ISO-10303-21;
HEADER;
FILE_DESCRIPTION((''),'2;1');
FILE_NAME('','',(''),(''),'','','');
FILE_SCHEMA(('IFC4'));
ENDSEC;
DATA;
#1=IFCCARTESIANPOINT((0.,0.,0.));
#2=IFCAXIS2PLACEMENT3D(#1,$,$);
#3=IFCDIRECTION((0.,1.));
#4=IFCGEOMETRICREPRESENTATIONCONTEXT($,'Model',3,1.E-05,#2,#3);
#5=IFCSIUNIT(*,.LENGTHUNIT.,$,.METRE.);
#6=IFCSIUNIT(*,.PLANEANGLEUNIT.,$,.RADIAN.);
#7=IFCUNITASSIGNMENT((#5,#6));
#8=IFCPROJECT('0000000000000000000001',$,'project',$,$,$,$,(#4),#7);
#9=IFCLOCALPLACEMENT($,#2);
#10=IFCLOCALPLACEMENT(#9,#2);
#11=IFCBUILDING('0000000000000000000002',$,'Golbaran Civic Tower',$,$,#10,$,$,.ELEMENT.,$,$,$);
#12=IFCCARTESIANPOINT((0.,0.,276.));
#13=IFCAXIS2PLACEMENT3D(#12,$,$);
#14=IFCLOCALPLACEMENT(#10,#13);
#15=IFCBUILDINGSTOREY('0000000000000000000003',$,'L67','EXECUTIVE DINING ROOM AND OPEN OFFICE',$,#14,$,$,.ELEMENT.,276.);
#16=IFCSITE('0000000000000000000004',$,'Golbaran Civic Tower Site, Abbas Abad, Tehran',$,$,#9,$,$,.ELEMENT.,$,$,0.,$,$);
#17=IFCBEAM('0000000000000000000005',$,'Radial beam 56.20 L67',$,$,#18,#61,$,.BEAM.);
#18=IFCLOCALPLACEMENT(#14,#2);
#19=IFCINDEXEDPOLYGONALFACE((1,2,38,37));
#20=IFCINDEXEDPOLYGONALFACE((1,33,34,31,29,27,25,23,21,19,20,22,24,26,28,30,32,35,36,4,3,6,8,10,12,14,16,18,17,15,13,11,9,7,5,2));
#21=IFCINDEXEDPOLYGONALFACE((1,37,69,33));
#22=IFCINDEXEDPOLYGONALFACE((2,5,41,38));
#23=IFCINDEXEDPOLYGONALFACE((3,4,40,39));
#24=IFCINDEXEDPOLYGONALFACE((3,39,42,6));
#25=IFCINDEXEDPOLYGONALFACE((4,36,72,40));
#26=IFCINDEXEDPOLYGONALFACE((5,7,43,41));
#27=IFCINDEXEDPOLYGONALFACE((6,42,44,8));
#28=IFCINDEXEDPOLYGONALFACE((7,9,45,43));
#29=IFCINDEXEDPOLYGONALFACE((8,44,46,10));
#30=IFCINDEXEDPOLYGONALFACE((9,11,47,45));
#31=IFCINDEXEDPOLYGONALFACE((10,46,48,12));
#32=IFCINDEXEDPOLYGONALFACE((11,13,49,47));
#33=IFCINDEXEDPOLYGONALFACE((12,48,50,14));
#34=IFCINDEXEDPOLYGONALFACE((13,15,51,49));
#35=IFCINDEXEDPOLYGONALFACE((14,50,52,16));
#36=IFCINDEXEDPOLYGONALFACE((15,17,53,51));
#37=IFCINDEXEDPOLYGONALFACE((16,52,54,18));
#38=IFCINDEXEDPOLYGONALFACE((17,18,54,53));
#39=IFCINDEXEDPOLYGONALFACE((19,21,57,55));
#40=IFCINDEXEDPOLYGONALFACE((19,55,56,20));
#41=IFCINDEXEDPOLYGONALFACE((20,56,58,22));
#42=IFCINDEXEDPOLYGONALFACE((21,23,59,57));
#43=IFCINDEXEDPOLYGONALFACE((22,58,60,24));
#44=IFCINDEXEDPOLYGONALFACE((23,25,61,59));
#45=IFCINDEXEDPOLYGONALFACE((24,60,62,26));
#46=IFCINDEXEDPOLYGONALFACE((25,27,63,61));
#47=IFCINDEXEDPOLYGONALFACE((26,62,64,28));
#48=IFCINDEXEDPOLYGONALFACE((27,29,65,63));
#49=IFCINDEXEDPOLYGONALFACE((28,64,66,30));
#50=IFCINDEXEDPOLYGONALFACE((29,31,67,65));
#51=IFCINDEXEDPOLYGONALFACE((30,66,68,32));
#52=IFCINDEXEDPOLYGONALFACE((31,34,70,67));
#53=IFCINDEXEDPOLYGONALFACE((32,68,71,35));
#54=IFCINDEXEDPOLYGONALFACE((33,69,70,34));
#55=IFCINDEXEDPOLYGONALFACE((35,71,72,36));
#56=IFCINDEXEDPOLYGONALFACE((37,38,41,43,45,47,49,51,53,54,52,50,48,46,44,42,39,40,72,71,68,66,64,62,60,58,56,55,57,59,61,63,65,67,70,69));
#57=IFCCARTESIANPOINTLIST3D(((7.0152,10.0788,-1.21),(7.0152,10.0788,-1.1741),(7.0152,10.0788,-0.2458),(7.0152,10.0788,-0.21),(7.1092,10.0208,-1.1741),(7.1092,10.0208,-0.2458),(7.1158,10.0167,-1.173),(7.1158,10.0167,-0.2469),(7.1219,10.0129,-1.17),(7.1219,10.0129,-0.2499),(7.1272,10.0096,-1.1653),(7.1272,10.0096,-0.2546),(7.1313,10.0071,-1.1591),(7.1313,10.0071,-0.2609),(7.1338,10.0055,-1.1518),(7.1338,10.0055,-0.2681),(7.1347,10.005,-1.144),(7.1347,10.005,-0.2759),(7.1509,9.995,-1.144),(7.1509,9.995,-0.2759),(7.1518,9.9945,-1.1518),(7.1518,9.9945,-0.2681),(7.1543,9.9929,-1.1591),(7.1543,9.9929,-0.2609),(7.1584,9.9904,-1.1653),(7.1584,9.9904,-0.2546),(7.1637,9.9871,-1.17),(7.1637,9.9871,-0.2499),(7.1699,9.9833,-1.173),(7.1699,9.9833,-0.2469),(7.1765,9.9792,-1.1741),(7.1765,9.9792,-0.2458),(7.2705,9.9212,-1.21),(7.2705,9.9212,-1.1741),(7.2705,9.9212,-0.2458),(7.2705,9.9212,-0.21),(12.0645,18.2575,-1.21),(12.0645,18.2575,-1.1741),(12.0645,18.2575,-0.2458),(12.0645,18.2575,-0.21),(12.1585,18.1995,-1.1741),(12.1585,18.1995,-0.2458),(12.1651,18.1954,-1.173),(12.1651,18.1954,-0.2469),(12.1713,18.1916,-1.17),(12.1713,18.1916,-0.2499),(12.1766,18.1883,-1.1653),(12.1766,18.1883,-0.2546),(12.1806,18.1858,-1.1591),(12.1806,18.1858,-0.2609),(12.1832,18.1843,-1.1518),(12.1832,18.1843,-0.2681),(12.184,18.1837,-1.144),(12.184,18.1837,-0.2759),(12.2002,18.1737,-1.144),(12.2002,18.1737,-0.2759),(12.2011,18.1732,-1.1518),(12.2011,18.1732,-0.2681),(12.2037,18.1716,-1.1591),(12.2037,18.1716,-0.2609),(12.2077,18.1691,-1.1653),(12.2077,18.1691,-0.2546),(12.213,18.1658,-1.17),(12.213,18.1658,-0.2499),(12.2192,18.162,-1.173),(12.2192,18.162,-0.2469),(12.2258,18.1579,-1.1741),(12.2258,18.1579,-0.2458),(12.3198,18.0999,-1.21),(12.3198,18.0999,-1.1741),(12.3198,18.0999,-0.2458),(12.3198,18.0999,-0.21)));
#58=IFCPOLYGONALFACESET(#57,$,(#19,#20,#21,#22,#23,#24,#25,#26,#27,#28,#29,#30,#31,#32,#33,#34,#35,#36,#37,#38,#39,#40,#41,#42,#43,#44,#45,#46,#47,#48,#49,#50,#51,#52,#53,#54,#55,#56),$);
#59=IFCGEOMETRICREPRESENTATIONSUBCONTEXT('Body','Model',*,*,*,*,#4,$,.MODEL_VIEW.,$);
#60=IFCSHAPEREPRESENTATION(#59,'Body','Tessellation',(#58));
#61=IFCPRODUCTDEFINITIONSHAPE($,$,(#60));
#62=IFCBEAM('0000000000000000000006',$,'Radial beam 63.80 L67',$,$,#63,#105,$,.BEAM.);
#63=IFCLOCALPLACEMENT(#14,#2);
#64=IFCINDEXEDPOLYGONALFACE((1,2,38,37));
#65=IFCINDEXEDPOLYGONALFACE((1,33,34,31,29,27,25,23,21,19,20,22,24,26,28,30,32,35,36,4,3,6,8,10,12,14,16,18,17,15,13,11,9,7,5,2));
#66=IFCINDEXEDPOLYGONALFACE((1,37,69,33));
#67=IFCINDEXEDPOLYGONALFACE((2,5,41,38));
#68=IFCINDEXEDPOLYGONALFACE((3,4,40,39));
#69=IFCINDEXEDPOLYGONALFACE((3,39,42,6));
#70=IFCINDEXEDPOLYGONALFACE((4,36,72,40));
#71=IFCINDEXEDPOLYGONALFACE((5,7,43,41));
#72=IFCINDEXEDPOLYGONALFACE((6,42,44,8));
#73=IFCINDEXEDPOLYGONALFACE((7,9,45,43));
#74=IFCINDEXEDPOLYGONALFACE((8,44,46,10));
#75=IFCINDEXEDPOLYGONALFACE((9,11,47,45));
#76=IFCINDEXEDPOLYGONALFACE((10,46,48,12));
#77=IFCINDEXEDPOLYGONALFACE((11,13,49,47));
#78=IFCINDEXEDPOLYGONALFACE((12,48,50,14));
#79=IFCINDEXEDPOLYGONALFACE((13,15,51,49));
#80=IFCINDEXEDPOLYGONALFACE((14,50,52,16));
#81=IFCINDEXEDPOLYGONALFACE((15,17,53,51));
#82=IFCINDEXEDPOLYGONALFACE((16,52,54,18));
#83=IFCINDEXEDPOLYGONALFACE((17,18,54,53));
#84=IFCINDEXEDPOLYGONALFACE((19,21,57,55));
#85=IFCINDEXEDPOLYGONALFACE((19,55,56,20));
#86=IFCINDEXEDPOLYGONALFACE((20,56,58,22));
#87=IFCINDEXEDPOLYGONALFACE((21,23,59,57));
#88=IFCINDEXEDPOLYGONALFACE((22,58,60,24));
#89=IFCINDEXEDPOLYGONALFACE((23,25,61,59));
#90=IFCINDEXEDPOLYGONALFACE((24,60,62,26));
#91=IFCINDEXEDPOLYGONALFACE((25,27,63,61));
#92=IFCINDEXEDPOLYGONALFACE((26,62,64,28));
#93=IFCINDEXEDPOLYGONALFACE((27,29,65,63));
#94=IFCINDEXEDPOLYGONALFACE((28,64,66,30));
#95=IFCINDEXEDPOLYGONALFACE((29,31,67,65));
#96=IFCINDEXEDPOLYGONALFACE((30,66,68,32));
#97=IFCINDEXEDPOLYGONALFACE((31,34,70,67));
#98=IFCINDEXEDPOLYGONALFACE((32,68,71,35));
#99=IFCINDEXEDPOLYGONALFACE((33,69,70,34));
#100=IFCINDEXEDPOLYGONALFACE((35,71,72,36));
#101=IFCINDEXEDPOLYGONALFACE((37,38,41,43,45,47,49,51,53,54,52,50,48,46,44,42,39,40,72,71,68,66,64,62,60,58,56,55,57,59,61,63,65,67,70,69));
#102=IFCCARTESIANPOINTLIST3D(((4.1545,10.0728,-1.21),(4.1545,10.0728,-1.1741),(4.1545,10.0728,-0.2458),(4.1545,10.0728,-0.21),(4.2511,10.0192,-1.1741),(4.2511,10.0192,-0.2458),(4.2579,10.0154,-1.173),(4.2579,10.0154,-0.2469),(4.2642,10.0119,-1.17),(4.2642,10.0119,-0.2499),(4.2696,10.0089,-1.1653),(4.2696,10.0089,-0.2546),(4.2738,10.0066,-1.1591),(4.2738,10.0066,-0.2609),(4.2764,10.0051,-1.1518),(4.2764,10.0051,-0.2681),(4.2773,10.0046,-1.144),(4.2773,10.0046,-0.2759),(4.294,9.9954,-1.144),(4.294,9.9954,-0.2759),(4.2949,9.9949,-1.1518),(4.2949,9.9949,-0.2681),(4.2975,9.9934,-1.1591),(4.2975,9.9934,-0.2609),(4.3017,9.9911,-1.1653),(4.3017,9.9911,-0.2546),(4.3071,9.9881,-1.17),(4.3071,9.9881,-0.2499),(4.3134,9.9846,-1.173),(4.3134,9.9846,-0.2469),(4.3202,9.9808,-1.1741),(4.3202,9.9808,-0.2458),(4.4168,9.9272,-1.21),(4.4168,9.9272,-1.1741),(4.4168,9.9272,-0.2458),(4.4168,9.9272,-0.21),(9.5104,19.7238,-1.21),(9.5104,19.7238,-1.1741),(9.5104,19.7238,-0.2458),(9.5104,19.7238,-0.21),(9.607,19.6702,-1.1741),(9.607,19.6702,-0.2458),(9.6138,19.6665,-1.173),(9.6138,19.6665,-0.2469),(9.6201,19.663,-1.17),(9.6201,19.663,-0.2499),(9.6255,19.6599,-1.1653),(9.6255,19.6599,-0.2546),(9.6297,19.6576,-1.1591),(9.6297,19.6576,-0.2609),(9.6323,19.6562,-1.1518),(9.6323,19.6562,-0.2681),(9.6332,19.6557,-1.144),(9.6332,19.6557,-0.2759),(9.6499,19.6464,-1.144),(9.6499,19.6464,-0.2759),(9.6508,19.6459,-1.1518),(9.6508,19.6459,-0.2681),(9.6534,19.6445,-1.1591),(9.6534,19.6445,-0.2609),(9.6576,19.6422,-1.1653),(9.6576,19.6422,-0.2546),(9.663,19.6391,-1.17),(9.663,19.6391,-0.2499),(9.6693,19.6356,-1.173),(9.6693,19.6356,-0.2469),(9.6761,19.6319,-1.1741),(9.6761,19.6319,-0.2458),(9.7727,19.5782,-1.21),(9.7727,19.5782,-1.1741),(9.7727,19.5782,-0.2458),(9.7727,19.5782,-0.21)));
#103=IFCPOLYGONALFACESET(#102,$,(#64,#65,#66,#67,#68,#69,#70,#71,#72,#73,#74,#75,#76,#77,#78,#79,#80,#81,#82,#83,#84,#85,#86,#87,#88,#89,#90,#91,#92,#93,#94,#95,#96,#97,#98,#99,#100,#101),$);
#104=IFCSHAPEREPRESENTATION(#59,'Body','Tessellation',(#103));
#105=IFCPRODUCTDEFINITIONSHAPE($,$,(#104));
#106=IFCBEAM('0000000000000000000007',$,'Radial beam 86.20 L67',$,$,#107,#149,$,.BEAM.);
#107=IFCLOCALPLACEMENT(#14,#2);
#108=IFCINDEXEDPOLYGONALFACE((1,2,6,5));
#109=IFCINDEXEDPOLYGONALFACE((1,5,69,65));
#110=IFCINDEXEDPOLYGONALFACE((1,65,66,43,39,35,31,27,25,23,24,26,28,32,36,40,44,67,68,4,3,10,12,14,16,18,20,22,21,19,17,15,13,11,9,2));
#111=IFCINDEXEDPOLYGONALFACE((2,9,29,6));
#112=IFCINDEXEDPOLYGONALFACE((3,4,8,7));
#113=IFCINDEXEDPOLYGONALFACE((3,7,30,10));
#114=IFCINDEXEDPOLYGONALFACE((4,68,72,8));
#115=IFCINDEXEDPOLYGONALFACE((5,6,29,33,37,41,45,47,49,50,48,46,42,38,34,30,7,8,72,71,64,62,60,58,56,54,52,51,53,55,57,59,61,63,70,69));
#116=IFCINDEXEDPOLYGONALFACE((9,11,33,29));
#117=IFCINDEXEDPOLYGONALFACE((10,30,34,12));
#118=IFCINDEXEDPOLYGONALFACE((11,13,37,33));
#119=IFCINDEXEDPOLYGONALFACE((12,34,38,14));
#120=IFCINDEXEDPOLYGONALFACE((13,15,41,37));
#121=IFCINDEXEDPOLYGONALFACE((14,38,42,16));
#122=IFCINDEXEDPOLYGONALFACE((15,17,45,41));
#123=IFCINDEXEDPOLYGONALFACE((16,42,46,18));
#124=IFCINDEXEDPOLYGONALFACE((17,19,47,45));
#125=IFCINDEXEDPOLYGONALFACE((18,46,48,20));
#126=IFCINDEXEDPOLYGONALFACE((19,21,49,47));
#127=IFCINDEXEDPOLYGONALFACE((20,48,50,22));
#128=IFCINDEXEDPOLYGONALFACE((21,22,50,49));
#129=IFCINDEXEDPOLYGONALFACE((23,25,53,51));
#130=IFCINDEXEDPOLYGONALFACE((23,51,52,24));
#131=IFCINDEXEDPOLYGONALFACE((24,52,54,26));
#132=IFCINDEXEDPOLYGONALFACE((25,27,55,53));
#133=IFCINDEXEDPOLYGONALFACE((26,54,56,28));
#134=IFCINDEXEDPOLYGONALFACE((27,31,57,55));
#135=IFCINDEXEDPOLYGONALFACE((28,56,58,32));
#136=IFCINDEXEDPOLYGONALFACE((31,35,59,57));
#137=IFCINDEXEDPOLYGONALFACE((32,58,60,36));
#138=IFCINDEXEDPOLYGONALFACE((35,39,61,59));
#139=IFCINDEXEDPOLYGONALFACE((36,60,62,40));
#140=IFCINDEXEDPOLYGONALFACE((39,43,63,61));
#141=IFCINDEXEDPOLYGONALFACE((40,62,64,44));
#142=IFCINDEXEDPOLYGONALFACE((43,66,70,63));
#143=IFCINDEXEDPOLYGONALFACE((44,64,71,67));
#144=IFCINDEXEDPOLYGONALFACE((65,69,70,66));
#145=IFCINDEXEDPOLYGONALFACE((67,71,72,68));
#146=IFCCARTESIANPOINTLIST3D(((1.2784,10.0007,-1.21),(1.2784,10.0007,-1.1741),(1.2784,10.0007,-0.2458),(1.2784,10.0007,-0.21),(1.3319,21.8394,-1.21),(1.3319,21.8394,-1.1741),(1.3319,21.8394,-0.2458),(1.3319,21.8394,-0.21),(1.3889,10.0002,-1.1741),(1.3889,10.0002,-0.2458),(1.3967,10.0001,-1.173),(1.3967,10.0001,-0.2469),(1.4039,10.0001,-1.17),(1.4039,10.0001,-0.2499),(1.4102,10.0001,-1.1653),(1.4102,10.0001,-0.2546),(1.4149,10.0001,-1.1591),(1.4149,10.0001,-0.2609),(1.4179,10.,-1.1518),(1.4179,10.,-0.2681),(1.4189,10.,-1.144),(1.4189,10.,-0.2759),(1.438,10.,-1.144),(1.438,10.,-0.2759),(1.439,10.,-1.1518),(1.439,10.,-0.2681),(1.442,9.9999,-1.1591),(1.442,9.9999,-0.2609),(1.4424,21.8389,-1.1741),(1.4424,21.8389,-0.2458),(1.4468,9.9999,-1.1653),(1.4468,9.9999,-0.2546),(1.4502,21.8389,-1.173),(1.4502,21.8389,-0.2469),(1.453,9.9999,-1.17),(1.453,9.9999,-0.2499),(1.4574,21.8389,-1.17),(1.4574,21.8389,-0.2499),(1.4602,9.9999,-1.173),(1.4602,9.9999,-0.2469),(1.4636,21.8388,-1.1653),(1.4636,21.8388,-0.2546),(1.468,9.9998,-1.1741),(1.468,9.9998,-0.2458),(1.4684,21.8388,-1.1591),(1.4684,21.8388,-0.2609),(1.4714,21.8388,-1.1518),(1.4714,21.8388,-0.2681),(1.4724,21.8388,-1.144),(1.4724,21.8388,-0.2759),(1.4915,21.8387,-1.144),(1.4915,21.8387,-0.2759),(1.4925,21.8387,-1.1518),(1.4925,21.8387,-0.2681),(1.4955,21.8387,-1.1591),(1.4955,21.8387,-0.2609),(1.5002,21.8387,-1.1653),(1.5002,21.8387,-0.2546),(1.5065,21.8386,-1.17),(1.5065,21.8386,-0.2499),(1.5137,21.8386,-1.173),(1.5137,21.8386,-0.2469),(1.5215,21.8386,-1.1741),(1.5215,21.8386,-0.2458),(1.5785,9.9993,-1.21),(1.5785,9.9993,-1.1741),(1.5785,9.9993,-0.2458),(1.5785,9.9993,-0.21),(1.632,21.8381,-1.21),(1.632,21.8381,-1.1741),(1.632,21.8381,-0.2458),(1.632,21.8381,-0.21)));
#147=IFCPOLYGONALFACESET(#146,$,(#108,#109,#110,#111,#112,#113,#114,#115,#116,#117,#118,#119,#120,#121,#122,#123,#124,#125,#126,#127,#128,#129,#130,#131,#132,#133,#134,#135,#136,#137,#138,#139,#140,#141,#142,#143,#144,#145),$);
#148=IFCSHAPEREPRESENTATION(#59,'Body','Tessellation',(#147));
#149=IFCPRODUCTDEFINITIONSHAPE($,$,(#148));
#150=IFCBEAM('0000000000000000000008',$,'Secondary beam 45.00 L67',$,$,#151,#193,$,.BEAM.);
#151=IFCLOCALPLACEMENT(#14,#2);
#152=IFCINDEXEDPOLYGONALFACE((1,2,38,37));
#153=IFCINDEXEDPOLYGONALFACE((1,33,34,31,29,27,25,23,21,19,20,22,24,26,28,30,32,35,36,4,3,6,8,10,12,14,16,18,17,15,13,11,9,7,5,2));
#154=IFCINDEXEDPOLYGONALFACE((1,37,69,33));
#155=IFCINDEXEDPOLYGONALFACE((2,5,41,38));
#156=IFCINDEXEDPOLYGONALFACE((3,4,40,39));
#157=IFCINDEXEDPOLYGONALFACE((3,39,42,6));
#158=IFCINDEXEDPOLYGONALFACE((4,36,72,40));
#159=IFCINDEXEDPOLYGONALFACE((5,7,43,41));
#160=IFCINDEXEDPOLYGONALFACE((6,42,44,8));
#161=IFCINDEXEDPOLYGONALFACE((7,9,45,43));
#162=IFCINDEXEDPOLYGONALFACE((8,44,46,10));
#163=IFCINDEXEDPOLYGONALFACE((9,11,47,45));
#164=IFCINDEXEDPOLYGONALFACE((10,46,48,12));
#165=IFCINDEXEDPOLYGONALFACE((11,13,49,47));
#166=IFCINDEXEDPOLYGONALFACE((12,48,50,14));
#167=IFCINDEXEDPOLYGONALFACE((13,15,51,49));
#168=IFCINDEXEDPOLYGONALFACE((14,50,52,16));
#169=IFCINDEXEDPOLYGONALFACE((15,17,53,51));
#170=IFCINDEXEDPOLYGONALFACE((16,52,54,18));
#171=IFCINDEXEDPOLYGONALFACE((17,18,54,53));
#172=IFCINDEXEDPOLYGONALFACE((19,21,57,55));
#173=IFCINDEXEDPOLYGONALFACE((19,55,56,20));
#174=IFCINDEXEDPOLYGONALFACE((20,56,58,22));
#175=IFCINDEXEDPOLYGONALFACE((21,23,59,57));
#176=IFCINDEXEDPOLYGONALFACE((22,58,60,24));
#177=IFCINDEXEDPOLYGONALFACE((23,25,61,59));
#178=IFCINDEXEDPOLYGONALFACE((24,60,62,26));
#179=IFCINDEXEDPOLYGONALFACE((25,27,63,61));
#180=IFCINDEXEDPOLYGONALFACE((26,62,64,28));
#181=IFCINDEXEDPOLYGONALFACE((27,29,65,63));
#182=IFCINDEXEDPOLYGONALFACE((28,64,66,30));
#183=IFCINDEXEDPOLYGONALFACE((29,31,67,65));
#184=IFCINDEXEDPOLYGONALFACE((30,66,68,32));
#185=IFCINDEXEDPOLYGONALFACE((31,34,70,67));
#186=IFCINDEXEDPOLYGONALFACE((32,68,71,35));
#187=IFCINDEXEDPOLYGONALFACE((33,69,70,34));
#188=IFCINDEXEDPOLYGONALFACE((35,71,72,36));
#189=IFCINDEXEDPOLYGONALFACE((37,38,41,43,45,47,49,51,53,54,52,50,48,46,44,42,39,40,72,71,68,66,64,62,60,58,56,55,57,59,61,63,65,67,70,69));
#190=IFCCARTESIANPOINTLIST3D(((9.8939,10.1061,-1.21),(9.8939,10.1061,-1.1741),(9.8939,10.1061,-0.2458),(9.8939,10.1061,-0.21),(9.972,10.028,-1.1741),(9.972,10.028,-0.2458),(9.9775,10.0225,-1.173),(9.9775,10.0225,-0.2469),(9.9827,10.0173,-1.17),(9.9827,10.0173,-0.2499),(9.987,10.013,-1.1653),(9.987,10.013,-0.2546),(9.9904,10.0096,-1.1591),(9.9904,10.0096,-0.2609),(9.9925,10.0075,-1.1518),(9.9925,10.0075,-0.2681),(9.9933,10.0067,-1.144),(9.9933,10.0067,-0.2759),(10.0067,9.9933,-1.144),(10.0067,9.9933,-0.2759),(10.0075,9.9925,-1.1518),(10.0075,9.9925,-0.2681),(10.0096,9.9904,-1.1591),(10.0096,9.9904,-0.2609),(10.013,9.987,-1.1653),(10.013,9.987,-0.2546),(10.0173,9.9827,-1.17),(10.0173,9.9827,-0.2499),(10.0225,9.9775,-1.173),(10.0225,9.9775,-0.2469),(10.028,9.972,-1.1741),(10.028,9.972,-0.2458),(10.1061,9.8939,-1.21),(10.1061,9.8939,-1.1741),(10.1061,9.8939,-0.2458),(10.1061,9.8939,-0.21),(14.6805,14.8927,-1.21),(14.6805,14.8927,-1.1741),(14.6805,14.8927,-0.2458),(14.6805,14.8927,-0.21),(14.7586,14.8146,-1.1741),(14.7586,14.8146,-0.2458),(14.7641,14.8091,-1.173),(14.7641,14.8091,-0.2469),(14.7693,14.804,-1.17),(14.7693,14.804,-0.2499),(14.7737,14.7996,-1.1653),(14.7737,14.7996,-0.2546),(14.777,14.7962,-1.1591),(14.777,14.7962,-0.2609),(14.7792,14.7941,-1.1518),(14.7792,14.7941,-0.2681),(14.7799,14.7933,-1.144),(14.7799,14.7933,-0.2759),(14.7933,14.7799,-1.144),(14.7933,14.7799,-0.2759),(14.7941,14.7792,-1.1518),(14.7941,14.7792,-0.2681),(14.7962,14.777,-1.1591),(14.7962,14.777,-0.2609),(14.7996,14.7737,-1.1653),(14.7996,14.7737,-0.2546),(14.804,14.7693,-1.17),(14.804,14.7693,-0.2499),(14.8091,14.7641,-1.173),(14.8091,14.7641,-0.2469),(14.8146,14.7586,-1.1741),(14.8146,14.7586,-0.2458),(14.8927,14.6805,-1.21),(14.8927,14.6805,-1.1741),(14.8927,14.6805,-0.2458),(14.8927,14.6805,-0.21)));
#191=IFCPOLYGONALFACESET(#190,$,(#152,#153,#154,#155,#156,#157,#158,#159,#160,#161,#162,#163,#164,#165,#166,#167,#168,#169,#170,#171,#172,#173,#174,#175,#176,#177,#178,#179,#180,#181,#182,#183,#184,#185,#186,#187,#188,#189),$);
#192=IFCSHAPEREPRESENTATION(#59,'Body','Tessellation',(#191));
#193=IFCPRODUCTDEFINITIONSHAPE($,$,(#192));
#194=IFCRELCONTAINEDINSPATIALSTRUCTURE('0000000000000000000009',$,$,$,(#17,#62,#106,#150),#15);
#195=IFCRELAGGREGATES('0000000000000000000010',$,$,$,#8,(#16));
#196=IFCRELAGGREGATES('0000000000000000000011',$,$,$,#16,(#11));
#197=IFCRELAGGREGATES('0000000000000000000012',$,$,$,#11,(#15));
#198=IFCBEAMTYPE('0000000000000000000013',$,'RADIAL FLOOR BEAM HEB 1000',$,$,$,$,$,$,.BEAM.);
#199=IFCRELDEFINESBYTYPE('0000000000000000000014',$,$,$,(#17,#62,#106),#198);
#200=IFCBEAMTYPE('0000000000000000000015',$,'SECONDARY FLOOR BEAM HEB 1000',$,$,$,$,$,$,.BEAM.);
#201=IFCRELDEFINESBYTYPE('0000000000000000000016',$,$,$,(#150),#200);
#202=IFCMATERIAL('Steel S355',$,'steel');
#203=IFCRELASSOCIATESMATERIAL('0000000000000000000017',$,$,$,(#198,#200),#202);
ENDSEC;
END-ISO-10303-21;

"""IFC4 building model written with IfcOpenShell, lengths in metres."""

from ifc_helpers import new_model, si_unit, direction, frame, origin, origin_2d, place, context, subcontext, project, spatial, i_section, extrude, material, material_profile, profile_set, type_object, element, save


model = new_model("IFC4")

# Units and contexts
model_context = context("Model", 3, precision=1e-05, world=origin(), true_north=direction((0.0, 1.0)))
body_context = subcontext(model_context, "Body", "Model", "MODEL_VIEW")
ifc_project = project(units=[si_unit("LENGTHUNIT", "METRE"), si_unit("PLANEANGLEUNIT", "RADIAN")], contexts=[model_context])

# Site, building, storey
site_placement = place(None, origin())
site = spatial("IfcSite", under=ifc_project, at=site_placement, Name="Golbaran Civic Tower Site, Abbas Abad, Tehran", CompositionType="ELEMENT", RefElevation=0.0)
building_placement = place(site_placement, origin())
building = spatial("IfcBuilding", under=site, at=building_placement, Name="Golbaran Civic Tower", CompositionType="ELEMENT")
storey_placement = place(building_placement, frame((0.0, 0.0, 276.0)))
storey = spatial("IfcBuildingStorey", under=building, at=storey_placement, Name="L67", Description="EXECUTIVE DINING ROOM AND OPEN OFFICE", CompositionType="ELEMENT", Elevation=276.0)

# Beams
ifc_material_1 = material(Name="Steel S355", Category="steel")
ifc_material_profile_1 = material_profile(ifc_material_1, i_section(OverallWidth=0.3, OverallDepth=1.0, WebThickness=0.019, FlangeThickness=0.0359, FilletRadius=0.03, at=origin_2d()), Name="HEB 1000")
ifc_profile_set_1 = profile_set([ifc_material_profile_1], Name="Steel S355")
beam_type_1 = type_object("IfcBeamType", Name="RADIAL FLOOR BEAM HEB 1000", PredefinedType="BEAM", material=ifc_profile_set_1)
beam_1_placement = place(storey_placement, frame((7.1428, 10.0, -0.71), z_axis=(0.525324, 0.850902, 0.0), x_axis=(-0.850902, 0.525324, 0.0)))
element("IfcBeam", 1, at=beam_1_placement, inside=storey, type_object=beam_type_1, Name="Radial beam 56.20 L67", PredefinedType="BEAM", context=body_context, shape_type="SweptSolid", body=[
    extrude(i_section(OverallWidth=0.3, OverallDepth=1.0, WebThickness=0.019, FlangeThickness=0.0359, FilletRadius=0.03, at=origin_2d()), origin(), (0.0, 0.0, 1.0), 9.6118),
])
beam_2_placement = place(storey_placement, frame((4.2856, 10.0, -0.71), z_axis=(0.485243, 0.874379, 0.0), x_axis=(-0.874379, 0.485243, 0.0)))
element("IfcBeam", 2, at=beam_2_placement, inside=storey, type_object=beam_type_1, Name="Radial beam 63.80 L67", PredefinedType="BEAM", context=body_context, shape_type="SweptSolid", body=[
    extrude(i_section(OverallWidth=0.3, OverallDepth=1.0, WebThickness=0.019, FlangeThickness=0.0359, FilletRadius=0.03, at=origin_2d()), origin(), (0.0, 0.0, 1.0), 11.0376),
])
beam_3_placement = place(storey_placement, frame((1.4285, 10.0, -0.71), z_axis=(0.004516, 0.99999, 0.0), x_axis=(-0.99999, 0.004516, 0.0)))
element("IfcBeam", 3, at=beam_3_placement, inside=storey, type_object=beam_type_1, Name="Radial beam 86.20 L67", PredefinedType="BEAM", context=body_context, shape_type="SweptSolid", body=[
    extrude(i_section(OverallWidth=0.3, OverallDepth=1.0, WebThickness=0.019, FlangeThickness=0.0359, FilletRadius=0.03, at=origin_2d()), origin(), (0.0, 0.0, 1.0), 11.8389),
])
ifc_material_profile_2 = material_profile(ifc_material_1, i_section(OverallWidth=0.3, OverallDepth=1.0, WebThickness=0.019, FlangeThickness=0.0359, FilletRadius=0.03, at=origin_2d()), Name="HEB 1000")
ifc_profile_set_2 = profile_set([ifc_material_profile_2], Name="Steel S355")
beam_type_2 = type_object("IfcBeamType", Name="SECONDARY FLOOR BEAM HEB 1000", PredefinedType="BEAM", material=ifc_profile_set_2)
beam_4_placement = place(storey_placement, frame((10.0, 10.0, -0.71), z_axis=(0.707107, 0.707107, 0.0), x_axis=(-0.707107, 0.707107, 0.0)))
element("IfcBeam", 4, at=beam_4_placement, inside=storey, type_object=beam_type_2, Name="Secondary beam 45.00 L67", PredefinedType="BEAM", context=body_context, shape_type="SweptSolid", body=[
    extrude(i_section(OverallWidth=0.3, OverallDepth=1.0, WebThickness=0.019, FlangeThickness=0.0359, FilletRadius=0.03, at=origin_2d()), origin(), (0.0, 0.0, 1.0), 6.7693),
])

save(model, "model.ifc")
